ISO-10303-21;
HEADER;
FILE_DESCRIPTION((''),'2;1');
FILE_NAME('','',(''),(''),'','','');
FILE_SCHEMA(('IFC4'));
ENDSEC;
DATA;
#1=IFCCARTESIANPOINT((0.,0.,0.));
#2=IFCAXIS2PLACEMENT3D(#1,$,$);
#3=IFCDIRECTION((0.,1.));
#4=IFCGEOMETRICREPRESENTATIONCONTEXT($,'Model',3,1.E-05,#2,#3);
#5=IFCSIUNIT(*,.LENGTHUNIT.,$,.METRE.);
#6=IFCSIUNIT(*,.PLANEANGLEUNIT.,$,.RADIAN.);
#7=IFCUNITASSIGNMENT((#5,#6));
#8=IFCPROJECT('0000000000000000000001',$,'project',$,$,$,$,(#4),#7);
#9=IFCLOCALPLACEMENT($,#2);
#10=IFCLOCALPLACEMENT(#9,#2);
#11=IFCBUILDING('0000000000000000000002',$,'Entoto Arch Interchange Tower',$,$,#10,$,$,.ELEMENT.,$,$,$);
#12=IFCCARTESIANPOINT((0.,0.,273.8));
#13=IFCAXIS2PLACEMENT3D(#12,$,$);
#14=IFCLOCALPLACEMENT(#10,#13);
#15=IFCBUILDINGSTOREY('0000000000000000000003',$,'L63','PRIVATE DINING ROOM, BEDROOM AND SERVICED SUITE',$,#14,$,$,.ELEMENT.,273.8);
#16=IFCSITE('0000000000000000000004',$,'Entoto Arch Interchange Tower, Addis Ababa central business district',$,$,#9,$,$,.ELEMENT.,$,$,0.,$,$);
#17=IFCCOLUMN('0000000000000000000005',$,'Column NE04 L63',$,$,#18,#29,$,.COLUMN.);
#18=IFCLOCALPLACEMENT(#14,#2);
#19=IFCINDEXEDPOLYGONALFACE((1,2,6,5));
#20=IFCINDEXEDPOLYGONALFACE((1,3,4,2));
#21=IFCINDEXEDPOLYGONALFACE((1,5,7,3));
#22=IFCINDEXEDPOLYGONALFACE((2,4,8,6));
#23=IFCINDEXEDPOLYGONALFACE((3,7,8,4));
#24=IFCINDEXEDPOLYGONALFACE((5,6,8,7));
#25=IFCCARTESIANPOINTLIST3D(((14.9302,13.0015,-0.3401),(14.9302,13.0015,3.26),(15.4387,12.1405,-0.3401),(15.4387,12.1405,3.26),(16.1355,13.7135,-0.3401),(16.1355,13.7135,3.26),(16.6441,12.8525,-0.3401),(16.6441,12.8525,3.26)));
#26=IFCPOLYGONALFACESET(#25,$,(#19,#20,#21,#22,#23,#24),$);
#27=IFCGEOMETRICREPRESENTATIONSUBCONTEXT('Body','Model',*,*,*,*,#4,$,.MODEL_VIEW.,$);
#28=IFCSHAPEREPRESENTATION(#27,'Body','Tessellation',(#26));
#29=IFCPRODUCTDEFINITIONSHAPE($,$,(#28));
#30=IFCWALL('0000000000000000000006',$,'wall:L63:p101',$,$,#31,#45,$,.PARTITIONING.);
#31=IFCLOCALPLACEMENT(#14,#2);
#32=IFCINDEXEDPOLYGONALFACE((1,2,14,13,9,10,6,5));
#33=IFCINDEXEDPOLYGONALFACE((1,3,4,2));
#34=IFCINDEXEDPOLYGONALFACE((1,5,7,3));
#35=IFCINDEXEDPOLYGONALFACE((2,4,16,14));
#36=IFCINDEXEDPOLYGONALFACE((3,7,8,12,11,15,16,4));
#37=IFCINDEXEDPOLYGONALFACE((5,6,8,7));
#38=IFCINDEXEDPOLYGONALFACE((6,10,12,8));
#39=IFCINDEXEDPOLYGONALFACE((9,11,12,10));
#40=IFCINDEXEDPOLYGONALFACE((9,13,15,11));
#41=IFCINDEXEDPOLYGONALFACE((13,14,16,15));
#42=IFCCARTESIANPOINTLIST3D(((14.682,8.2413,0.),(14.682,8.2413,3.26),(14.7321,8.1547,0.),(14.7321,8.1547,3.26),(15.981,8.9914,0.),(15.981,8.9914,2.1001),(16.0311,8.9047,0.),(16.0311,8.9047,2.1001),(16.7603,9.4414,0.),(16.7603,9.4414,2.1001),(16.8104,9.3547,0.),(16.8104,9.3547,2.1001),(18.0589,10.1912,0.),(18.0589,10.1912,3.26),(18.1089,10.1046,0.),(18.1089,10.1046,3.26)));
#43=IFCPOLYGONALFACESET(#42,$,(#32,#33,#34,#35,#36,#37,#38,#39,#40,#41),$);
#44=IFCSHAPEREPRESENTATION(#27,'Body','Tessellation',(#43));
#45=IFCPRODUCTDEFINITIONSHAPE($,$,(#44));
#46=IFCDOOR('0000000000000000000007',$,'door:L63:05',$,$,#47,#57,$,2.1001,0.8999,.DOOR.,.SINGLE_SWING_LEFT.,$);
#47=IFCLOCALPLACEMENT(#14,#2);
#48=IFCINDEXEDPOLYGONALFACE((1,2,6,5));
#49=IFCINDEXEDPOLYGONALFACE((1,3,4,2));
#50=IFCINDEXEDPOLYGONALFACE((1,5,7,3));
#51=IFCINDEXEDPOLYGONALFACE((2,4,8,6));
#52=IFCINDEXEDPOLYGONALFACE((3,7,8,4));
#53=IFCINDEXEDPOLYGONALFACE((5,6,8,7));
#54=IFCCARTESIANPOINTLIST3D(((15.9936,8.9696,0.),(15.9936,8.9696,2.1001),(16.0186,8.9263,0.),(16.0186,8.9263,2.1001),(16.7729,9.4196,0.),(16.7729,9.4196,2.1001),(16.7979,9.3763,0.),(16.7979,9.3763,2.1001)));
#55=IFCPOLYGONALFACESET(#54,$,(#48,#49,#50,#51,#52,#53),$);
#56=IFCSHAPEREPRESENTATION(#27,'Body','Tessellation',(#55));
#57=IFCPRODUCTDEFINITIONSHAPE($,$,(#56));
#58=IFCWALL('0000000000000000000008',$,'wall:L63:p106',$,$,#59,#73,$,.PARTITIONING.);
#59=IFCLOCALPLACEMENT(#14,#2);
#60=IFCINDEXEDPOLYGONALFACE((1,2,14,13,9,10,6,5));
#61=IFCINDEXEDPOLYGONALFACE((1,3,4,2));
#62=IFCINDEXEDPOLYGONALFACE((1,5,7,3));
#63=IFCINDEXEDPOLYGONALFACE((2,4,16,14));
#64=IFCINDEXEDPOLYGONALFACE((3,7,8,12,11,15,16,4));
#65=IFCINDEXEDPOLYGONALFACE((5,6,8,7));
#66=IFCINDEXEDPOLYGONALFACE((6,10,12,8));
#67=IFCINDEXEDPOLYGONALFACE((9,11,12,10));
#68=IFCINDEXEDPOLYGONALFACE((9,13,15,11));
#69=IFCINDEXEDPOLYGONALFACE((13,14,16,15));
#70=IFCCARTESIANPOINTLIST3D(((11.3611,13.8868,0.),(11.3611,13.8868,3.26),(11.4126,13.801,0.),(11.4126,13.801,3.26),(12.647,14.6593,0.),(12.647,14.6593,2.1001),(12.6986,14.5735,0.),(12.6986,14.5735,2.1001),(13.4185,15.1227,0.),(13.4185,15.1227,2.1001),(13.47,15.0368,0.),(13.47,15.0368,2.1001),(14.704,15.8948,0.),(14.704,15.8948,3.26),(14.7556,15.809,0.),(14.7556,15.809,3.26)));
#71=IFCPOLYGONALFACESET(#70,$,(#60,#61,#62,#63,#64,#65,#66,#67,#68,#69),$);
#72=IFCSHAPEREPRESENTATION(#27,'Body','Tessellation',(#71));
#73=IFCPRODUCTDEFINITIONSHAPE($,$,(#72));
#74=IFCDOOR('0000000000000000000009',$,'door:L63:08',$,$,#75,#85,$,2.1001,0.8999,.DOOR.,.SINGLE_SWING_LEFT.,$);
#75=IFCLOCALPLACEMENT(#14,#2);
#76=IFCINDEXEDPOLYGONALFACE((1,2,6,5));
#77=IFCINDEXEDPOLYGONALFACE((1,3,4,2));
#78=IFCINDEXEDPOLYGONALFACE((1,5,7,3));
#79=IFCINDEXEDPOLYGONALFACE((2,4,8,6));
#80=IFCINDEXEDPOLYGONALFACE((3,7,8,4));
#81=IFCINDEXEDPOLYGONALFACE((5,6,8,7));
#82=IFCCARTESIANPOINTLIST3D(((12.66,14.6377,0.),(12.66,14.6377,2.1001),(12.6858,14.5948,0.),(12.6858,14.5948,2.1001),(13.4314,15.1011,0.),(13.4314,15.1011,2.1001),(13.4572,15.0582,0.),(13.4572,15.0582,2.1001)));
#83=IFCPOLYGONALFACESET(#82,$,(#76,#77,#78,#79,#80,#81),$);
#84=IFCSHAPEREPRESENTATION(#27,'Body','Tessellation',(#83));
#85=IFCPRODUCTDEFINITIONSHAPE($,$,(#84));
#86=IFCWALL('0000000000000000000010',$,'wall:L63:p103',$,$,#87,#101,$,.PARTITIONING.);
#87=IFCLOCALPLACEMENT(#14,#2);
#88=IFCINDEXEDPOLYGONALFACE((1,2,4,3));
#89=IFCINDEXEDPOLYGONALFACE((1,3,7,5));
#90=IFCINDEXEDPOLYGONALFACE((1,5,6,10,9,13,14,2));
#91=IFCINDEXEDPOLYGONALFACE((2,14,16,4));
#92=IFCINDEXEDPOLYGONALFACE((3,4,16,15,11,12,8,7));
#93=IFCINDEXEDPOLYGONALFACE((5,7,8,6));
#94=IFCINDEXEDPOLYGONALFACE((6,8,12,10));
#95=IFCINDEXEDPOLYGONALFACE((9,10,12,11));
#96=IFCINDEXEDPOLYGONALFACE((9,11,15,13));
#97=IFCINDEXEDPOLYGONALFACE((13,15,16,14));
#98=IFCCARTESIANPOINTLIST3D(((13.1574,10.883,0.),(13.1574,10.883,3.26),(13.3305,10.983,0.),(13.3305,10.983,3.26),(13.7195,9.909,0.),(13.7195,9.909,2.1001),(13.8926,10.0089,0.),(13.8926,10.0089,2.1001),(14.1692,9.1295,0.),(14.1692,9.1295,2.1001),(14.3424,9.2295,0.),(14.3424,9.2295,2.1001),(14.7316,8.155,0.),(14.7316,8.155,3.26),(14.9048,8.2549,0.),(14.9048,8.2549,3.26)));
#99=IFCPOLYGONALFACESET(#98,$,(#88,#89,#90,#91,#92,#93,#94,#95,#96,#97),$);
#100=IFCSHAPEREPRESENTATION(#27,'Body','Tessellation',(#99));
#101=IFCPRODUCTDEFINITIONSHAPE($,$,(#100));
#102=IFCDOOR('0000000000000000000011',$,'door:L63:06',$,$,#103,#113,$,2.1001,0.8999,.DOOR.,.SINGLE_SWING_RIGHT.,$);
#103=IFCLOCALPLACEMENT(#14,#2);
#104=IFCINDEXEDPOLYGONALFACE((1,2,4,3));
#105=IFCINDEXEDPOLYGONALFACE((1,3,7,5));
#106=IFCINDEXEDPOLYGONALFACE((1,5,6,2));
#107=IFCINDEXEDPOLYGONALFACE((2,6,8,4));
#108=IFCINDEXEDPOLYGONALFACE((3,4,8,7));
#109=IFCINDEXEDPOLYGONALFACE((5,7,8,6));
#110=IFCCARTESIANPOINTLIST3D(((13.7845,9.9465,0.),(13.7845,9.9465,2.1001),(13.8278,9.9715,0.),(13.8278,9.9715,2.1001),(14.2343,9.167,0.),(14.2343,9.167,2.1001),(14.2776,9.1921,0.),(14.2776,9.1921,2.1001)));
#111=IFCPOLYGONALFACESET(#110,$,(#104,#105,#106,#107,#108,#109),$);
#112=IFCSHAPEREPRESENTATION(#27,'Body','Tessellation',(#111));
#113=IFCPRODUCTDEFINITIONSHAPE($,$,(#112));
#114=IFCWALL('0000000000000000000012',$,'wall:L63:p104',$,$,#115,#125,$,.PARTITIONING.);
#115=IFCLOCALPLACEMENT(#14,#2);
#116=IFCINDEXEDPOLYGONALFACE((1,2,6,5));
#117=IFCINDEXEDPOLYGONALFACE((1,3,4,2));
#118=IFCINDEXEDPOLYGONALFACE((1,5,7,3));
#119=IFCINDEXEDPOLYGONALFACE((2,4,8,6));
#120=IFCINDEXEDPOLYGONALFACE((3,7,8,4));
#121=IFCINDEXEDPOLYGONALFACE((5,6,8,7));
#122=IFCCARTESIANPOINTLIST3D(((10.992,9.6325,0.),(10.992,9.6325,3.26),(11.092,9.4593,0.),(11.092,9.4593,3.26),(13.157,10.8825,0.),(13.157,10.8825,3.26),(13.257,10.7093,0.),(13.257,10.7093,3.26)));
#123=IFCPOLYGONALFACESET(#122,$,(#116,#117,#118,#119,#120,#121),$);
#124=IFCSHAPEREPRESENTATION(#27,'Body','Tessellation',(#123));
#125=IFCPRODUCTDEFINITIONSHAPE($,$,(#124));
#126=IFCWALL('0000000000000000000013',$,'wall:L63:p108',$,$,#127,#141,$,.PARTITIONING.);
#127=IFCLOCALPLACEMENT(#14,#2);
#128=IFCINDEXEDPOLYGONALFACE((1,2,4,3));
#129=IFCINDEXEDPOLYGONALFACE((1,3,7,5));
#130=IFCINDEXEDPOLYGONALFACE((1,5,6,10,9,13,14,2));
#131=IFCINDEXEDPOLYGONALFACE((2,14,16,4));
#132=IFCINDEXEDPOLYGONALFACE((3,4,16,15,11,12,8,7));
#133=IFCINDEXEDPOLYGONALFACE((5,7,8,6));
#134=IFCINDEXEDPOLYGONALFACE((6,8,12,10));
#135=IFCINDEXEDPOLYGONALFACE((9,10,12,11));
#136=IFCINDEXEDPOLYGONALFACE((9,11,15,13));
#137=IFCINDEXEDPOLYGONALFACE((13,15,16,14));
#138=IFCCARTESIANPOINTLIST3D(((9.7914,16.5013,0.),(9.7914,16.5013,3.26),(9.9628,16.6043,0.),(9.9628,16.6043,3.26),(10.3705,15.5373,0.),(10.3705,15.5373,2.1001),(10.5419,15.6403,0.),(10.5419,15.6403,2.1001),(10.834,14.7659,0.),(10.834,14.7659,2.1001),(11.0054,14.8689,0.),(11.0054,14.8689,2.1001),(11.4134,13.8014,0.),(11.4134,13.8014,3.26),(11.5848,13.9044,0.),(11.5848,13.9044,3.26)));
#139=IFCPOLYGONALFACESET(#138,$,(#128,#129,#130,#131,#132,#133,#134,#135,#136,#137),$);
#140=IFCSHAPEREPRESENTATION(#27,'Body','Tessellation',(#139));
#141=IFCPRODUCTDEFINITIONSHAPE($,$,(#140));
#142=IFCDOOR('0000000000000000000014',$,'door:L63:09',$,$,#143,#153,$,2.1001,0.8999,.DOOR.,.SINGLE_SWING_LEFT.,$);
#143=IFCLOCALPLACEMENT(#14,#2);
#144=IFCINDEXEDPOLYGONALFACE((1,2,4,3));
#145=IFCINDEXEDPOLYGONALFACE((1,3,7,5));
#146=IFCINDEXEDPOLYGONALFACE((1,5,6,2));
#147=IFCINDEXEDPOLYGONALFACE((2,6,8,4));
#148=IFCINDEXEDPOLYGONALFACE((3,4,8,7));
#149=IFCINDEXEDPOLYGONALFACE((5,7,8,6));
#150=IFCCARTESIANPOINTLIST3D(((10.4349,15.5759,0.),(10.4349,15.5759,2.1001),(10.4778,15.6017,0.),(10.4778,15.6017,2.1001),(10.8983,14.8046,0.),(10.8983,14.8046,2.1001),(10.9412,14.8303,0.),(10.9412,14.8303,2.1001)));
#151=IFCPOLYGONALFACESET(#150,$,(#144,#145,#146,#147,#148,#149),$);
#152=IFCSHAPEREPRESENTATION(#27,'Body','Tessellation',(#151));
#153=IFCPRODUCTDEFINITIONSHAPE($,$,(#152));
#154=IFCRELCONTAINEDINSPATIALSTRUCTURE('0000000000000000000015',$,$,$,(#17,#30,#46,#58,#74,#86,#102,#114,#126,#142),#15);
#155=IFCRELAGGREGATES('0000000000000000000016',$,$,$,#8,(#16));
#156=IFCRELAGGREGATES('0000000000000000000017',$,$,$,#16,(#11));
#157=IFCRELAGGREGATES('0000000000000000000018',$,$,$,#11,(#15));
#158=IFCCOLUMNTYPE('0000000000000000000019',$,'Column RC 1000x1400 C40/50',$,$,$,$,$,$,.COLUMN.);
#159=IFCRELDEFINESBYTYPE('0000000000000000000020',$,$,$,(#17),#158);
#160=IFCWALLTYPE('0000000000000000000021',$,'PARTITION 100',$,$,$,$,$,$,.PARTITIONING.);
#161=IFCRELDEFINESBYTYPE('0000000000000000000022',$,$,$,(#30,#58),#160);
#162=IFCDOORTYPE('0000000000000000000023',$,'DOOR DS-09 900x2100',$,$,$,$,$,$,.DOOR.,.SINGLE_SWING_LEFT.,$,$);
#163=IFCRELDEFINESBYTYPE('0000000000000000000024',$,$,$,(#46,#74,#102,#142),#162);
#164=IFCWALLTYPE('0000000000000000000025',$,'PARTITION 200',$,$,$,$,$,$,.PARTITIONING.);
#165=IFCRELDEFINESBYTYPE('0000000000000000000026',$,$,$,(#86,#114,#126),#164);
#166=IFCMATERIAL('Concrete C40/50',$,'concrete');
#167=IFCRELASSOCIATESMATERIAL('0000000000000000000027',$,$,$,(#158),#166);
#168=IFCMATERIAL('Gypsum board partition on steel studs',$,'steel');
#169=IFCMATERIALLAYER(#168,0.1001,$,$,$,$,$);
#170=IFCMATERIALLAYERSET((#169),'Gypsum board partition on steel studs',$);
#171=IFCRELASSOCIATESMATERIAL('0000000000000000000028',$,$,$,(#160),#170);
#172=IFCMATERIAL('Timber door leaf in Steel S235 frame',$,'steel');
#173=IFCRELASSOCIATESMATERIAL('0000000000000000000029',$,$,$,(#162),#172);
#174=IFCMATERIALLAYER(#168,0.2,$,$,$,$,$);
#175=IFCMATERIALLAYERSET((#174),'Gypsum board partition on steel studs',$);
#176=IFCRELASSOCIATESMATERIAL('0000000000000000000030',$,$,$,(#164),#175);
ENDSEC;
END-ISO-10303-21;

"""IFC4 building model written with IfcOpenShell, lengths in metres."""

from ifc_helpers import new_model, si_unit, direction, frame, frame_2d, origin, origin_2d, place, context, subcontext, project, spatial, rectangle, extrude, material, layer, layer_set, material_profile, profile_set, type_object, element, fill, save


model = new_model("IFC4")

# Units and contexts
model_context = context("Model", 3, precision=1e-05, world=origin(), true_north=direction((0.0, 1.0)))
body_context = subcontext(model_context, "Body", "Model", "MODEL_VIEW")
ifc_project = project(units=[si_unit("LENGTHUNIT", "METRE"), si_unit("PLANEANGLEUNIT", "RADIAN")], contexts=[model_context])

# Site, building, storey
site_placement = place(None, origin())
site = spatial("IfcSite", under=ifc_project, at=site_placement, Name="Entoto Arch Interchange Tower, Addis Ababa central business district", CompositionType="ELEMENT", RefElevation=0.0)
building_placement = place(site_placement, origin())
building = spatial("IfcBuilding", under=site, at=building_placement, Name="Entoto Arch Interchange Tower", CompositionType="ELEMENT")
storey_placement = place(building_placement, frame((0.0, 0.0, 273.8)))
storey = spatial("IfcBuildingStorey", under=building, at=storey_placement, Name="L63", Description="PRIVATE DINING ROOM, BEDROOM AND SERVICED SUITE", CompositionType="ELEMENT", Elevation=273.8)

# Column
ifc_material_1 = material(Name="Concrete C40/50", Category="concrete")
ifc_material_profile = material_profile(ifc_material_1, rectangle(XDim=1.0, YDim=1.3999, at=origin_2d()))
ifc_profile_set = profile_set([ifc_material_profile], Name="Concrete C40/50")
column_type = type_object("IfcColumnType", Name="Column RC 1000x1400 C40/50", PredefinedType="COLUMN", material=ifc_profile_set)
column_placement = place(storey_placement, frame((15.7871, 12.927, -0.3401), z_axis=(0.0, 0.0, 1.0), x_axis=(-0.508576, 0.861017, 0.0)))
element("IfcColumn", 1, at=column_placement, inside=storey, type_object=column_type, Name="Column NE04 L63", PredefinedType="COLUMN", context=body_context, shape_type="SweptSolid", body=[
    extrude(rectangle(XDim=1.0, YDim=1.3999, at=origin_2d()), origin(), (0.0, 0.0, 1.0), 3.6001),
])

# Walls, openings, doors
ifc_material_2 = material(Name="Gypsum board partition on steel studs", Category="steel")
ifc_layer_1 = layer(ifc_material_2, 0.1001)
ifc_layer_set_1 = layer_set([ifc_layer_1], Name="Gypsum board partition on steel studs")
wall_type_1 = type_object("IfcWallType", Name="PARTITION 100", PredefinedType="PARTITIONING", material=ifc_layer_set_1)
wall_1_placement = place(storey_placement, frame((14.707, 8.198, 0.0), z_axis=(0.0, 0.0, 1.0), x_axis=(0.865996, 0.500051, 0.0)))
wall_1 = element("IfcWall", 2, at=wall_1_placement, inside=storey, type_object=wall_type_1, Name="wall:L63:p101", PredefinedType="PARTITIONING", context=body_context, shape_type="SweptSolid", body=[
    extrude(rectangle(XDim=3.8994, YDim=0.1001, at=frame_2d((1.9497, 0.0))), origin(), (0.0, 0.0, 1.0), 3.26),
])
opening_1_placement = place(wall_1_placement, frame((1.5, 0.0, 0.0)))
opening_1 = element("IfcOpeningElement", 3, at=opening_1_placement, cuts=wall_1, PredefinedType="OPENING", context=body_context, shape_type="SweptSolid", body=[
    extrude(rectangle(XDim=0.8999, YDim=2.1001, at=frame_2d((0.45, 1.05))), frame((0.0, 0.0601, 0.0), z_axis=(0.0, -1.0, 0.0), x_axis=(1.0, 0.0, 0.0)), (0.0, 0.0, 1.0), 0.1201),
])
ifc_material_3 = material(Name="Timber door leaf in Steel S235 frame", Category="steel")
door_type_1 = type_object("IfcDoorType", Name="DOOR DS-09 900x2100", OperationType="SINGLE_SWING_LEFT", PredefinedType="DOOR", material=ifc_material_3)
door_1_placement = place(opening_1_placement, origin())
door_1 = element("IfcDoor", 4, at=door_1_placement, inside=storey, type_object=door_type_1, Name="door:L63:05", OperationType="SINGLE_SWING_LEFT", OverallHeight=2.1001, OverallWidth=0.8999, PredefinedType="DOOR", context=body_context, shape_type="SweptSolid", body=[
    extrude(rectangle(XDim=0.8999, YDim=2.1001, at=frame_2d((0.45, 1.05))), frame((0.0, 0.0249, 0.0), z_axis=(0.0, -1.0, 0.0), x_axis=(1.0, 0.0, 0.0)), (0.0, 0.0, 1.0), 0.05),
])
fill(opening_1, door_1)
wall_2_placement = place(storey_placement, frame((11.387, 13.844, 0.0), z_axis=(0.0, 0.0, 1.0), x_axis=(0.857239, 0.514919, 0.0)))
wall_2 = element("IfcWall", 5, at=wall_2_placement, inside=storey, type_object=wall_type_1, Name="wall:L63:p106", PredefinedType="PARTITIONING", context=body_context, shape_type="SweptSolid", body=[
    extrude(rectangle(XDim=3.8997, YDim=0.1001, at=frame_2d((1.9497, 0.0))), origin(), (0.0, 0.0, 1.0), 3.26),
])
opening_2_placement = place(wall_2_placement, frame((1.5, 0.0, 0.0)))
opening_2 = element("IfcOpeningElement", 6, at=opening_2_placement, cuts=wall_2, PredefinedType="OPENING", context=body_context, shape_type="SweptSolid", body=[
    extrude(rectangle(XDim=0.8999, YDim=2.1001, at=frame_2d((0.45, 1.05))), frame((0.0, 0.0601, 0.0), z_axis=(0.0, -1.0, 0.0), x_axis=(1.0, 0.0, 0.0)), (0.0, 0.0, 1.0), 0.1201),
])
door_2_placement = place(opening_2_placement, origin())
door_2 = element("IfcDoor", 7, at=door_2_placement, inside=storey, type_object=door_type_1, Name="door:L63:08", OperationType="SINGLE_SWING_LEFT", OverallHeight=2.1001, OverallWidth=0.8999, PredefinedType="DOOR", context=body_context, shape_type="SweptSolid", body=[
    extrude(rectangle(XDim=0.8999, YDim=2.1001, at=frame_2d((0.45, 1.05))), frame((0.0, 0.0249, 0.0), z_axis=(0.0, -1.0, 0.0), x_axis=(1.0, 0.0, 0.0)), (0.0, 0.0, 1.0), 0.05),
])
fill(opening_2, door_2)
ifc_layer_2 = layer(ifc_material_2, 0.2)
ifc_layer_set_2 = layer_set([ifc_layer_2], Name="Gypsum board partition on steel studs")
wall_type_2 = type_object("IfcWallType", Name="PARTITION 200", PredefinedType="PARTITIONING", material=ifc_layer_set_2)
wall_3_placement = place(storey_placement, frame((14.8181, 8.2051, 0.0), z_axis=(0.0, 0.0, 1.0), x_axis=(-0.499807, 0.866137, 0.0)))
wall_3 = element("IfcWall", 8, at=wall_3_placement, inside=storey, type_object=wall_type_2, Name="wall:L63:p103", PredefinedType="PARTITIONING", context=body_context, shape_type="SweptSolid", body=[
    extrude(rectangle(XDim=3.1497, YDim=0.2, at=frame_2d((1.5747, 0.0))), origin(), (0.0, 0.0, 1.0), 3.26),
])
opening_3_placement = place(wall_3_placement, frame((1.125, 0.0, 0.0)))
opening_3 = element("IfcOpeningElement", 9, at=opening_3_placement, cuts=wall_3, PredefinedType="OPENING", context=body_context, shape_type="SweptSolid", body=[
    extrude(rectangle(XDim=0.8999, YDim=2.1001, at=frame_2d((0.45, 1.05))), frame((0.0, 0.1099, 0.0), z_axis=(0.0, -1.0, 0.0), x_axis=(1.0, 0.0, 0.0)), (0.0, 0.0, 1.0), 0.22),
])
door_3_placement = place(opening_3_placement, origin())
door_3 = element("IfcDoor", 10, at=door_3_placement, inside=storey, type_object=door_type_1, Name="door:L63:06", OperationType="SINGLE_SWING_RIGHT", OverallHeight=2.1001, OverallWidth=0.8999, PredefinedType="DOOR", context=body_context, shape_type="SweptSolid", body=[
    extrude(rectangle(XDim=0.8999, YDim=2.1001, at=frame_2d((0.45, 1.05))), frame((0.0, 0.0249, 0.0), z_axis=(0.0, -1.0, 0.0), x_axis=(1.0, 0.0, 0.0)), (0.0, 0.0, 1.0), 0.05),
])
fill(opening_3, door_3)

# Wall
wall_4_placement = place(storey_placement, frame((13.207, 10.7959, 0.0), z_axis=(0.0, 0.0, 1.0), x_axis=(-0.866023, -0.500004, 0.0)))
element("IfcWall", 11, at=wall_4_placement, inside=storey, type_object=wall_type_2, Name="wall:L63:p104", PredefinedType="PARTITIONING", context=body_context, shape_type="SweptSolid", body=[
    extrude(rectangle(XDim=2.5, YDim=0.2, at=frame_2d((1.25, 0.0))), origin(), (0.0, 0.0, 1.0), 3.26),
])

# Wall, opening, door
wall_5_placement = place(storey_placement, frame((11.499, 13.853, 0.0), z_axis=(0.0, 0.0, 1.0), x_axis=(-0.514986, 0.857199, 0.0)))
wall_5 = element("IfcWall", 12, at=wall_5_placement, inside=storey, type_object=wall_type_2, Name="wall:L63:p108", PredefinedType="PARTITIONING", context=body_context, shape_type="SweptSolid", body=[
    extrude(rectangle(XDim=3.1497, YDim=0.2, at=frame_2d((1.5747, 0.0))), origin(), (0.0, 0.0, 1.0), 3.26),
])
opening_4_placement = place(wall_5_placement, frame((1.125, 0.0, 0.0)))
opening_4 = element("IfcOpeningElement", 13, at=opening_4_placement, cuts=wall_5, PredefinedType="OPENING", context=body_context, shape_type="SweptSolid", body=[
    extrude(rectangle(XDim=0.8999, YDim=2.1001, at=frame_2d((0.45, 1.05))), frame((0.0, 0.1099, 0.0), z_axis=(0.0, -1.0, 0.0), x_axis=(1.0, 0.0, 0.0)), (0.0, 0.0, 1.0), 0.22),
])
door_4_placement = place(opening_4_placement, origin())
door_4 = element("IfcDoor", 14, at=door_4_placement, inside=storey, type_object=door_type_1, Name="door:L63:09", OperationType="SINGLE_SWING_LEFT", OverallHeight=2.1001, OverallWidth=0.8999, PredefinedType="DOOR", context=body_context, shape_type="SweptSolid", body=[
    extrude(rectangle(XDim=0.8999, YDim=2.1001, at=frame_2d((0.45, 1.05))), frame((0.0, 0.0249, 0.0), z_axis=(0.0, -1.0, 0.0), x_axis=(1.0, 0.0, 0.0)), (0.0, 0.0, 1.0), 0.05),
])
fill(opening_4, door_4)

save(model, "model.ifc")
